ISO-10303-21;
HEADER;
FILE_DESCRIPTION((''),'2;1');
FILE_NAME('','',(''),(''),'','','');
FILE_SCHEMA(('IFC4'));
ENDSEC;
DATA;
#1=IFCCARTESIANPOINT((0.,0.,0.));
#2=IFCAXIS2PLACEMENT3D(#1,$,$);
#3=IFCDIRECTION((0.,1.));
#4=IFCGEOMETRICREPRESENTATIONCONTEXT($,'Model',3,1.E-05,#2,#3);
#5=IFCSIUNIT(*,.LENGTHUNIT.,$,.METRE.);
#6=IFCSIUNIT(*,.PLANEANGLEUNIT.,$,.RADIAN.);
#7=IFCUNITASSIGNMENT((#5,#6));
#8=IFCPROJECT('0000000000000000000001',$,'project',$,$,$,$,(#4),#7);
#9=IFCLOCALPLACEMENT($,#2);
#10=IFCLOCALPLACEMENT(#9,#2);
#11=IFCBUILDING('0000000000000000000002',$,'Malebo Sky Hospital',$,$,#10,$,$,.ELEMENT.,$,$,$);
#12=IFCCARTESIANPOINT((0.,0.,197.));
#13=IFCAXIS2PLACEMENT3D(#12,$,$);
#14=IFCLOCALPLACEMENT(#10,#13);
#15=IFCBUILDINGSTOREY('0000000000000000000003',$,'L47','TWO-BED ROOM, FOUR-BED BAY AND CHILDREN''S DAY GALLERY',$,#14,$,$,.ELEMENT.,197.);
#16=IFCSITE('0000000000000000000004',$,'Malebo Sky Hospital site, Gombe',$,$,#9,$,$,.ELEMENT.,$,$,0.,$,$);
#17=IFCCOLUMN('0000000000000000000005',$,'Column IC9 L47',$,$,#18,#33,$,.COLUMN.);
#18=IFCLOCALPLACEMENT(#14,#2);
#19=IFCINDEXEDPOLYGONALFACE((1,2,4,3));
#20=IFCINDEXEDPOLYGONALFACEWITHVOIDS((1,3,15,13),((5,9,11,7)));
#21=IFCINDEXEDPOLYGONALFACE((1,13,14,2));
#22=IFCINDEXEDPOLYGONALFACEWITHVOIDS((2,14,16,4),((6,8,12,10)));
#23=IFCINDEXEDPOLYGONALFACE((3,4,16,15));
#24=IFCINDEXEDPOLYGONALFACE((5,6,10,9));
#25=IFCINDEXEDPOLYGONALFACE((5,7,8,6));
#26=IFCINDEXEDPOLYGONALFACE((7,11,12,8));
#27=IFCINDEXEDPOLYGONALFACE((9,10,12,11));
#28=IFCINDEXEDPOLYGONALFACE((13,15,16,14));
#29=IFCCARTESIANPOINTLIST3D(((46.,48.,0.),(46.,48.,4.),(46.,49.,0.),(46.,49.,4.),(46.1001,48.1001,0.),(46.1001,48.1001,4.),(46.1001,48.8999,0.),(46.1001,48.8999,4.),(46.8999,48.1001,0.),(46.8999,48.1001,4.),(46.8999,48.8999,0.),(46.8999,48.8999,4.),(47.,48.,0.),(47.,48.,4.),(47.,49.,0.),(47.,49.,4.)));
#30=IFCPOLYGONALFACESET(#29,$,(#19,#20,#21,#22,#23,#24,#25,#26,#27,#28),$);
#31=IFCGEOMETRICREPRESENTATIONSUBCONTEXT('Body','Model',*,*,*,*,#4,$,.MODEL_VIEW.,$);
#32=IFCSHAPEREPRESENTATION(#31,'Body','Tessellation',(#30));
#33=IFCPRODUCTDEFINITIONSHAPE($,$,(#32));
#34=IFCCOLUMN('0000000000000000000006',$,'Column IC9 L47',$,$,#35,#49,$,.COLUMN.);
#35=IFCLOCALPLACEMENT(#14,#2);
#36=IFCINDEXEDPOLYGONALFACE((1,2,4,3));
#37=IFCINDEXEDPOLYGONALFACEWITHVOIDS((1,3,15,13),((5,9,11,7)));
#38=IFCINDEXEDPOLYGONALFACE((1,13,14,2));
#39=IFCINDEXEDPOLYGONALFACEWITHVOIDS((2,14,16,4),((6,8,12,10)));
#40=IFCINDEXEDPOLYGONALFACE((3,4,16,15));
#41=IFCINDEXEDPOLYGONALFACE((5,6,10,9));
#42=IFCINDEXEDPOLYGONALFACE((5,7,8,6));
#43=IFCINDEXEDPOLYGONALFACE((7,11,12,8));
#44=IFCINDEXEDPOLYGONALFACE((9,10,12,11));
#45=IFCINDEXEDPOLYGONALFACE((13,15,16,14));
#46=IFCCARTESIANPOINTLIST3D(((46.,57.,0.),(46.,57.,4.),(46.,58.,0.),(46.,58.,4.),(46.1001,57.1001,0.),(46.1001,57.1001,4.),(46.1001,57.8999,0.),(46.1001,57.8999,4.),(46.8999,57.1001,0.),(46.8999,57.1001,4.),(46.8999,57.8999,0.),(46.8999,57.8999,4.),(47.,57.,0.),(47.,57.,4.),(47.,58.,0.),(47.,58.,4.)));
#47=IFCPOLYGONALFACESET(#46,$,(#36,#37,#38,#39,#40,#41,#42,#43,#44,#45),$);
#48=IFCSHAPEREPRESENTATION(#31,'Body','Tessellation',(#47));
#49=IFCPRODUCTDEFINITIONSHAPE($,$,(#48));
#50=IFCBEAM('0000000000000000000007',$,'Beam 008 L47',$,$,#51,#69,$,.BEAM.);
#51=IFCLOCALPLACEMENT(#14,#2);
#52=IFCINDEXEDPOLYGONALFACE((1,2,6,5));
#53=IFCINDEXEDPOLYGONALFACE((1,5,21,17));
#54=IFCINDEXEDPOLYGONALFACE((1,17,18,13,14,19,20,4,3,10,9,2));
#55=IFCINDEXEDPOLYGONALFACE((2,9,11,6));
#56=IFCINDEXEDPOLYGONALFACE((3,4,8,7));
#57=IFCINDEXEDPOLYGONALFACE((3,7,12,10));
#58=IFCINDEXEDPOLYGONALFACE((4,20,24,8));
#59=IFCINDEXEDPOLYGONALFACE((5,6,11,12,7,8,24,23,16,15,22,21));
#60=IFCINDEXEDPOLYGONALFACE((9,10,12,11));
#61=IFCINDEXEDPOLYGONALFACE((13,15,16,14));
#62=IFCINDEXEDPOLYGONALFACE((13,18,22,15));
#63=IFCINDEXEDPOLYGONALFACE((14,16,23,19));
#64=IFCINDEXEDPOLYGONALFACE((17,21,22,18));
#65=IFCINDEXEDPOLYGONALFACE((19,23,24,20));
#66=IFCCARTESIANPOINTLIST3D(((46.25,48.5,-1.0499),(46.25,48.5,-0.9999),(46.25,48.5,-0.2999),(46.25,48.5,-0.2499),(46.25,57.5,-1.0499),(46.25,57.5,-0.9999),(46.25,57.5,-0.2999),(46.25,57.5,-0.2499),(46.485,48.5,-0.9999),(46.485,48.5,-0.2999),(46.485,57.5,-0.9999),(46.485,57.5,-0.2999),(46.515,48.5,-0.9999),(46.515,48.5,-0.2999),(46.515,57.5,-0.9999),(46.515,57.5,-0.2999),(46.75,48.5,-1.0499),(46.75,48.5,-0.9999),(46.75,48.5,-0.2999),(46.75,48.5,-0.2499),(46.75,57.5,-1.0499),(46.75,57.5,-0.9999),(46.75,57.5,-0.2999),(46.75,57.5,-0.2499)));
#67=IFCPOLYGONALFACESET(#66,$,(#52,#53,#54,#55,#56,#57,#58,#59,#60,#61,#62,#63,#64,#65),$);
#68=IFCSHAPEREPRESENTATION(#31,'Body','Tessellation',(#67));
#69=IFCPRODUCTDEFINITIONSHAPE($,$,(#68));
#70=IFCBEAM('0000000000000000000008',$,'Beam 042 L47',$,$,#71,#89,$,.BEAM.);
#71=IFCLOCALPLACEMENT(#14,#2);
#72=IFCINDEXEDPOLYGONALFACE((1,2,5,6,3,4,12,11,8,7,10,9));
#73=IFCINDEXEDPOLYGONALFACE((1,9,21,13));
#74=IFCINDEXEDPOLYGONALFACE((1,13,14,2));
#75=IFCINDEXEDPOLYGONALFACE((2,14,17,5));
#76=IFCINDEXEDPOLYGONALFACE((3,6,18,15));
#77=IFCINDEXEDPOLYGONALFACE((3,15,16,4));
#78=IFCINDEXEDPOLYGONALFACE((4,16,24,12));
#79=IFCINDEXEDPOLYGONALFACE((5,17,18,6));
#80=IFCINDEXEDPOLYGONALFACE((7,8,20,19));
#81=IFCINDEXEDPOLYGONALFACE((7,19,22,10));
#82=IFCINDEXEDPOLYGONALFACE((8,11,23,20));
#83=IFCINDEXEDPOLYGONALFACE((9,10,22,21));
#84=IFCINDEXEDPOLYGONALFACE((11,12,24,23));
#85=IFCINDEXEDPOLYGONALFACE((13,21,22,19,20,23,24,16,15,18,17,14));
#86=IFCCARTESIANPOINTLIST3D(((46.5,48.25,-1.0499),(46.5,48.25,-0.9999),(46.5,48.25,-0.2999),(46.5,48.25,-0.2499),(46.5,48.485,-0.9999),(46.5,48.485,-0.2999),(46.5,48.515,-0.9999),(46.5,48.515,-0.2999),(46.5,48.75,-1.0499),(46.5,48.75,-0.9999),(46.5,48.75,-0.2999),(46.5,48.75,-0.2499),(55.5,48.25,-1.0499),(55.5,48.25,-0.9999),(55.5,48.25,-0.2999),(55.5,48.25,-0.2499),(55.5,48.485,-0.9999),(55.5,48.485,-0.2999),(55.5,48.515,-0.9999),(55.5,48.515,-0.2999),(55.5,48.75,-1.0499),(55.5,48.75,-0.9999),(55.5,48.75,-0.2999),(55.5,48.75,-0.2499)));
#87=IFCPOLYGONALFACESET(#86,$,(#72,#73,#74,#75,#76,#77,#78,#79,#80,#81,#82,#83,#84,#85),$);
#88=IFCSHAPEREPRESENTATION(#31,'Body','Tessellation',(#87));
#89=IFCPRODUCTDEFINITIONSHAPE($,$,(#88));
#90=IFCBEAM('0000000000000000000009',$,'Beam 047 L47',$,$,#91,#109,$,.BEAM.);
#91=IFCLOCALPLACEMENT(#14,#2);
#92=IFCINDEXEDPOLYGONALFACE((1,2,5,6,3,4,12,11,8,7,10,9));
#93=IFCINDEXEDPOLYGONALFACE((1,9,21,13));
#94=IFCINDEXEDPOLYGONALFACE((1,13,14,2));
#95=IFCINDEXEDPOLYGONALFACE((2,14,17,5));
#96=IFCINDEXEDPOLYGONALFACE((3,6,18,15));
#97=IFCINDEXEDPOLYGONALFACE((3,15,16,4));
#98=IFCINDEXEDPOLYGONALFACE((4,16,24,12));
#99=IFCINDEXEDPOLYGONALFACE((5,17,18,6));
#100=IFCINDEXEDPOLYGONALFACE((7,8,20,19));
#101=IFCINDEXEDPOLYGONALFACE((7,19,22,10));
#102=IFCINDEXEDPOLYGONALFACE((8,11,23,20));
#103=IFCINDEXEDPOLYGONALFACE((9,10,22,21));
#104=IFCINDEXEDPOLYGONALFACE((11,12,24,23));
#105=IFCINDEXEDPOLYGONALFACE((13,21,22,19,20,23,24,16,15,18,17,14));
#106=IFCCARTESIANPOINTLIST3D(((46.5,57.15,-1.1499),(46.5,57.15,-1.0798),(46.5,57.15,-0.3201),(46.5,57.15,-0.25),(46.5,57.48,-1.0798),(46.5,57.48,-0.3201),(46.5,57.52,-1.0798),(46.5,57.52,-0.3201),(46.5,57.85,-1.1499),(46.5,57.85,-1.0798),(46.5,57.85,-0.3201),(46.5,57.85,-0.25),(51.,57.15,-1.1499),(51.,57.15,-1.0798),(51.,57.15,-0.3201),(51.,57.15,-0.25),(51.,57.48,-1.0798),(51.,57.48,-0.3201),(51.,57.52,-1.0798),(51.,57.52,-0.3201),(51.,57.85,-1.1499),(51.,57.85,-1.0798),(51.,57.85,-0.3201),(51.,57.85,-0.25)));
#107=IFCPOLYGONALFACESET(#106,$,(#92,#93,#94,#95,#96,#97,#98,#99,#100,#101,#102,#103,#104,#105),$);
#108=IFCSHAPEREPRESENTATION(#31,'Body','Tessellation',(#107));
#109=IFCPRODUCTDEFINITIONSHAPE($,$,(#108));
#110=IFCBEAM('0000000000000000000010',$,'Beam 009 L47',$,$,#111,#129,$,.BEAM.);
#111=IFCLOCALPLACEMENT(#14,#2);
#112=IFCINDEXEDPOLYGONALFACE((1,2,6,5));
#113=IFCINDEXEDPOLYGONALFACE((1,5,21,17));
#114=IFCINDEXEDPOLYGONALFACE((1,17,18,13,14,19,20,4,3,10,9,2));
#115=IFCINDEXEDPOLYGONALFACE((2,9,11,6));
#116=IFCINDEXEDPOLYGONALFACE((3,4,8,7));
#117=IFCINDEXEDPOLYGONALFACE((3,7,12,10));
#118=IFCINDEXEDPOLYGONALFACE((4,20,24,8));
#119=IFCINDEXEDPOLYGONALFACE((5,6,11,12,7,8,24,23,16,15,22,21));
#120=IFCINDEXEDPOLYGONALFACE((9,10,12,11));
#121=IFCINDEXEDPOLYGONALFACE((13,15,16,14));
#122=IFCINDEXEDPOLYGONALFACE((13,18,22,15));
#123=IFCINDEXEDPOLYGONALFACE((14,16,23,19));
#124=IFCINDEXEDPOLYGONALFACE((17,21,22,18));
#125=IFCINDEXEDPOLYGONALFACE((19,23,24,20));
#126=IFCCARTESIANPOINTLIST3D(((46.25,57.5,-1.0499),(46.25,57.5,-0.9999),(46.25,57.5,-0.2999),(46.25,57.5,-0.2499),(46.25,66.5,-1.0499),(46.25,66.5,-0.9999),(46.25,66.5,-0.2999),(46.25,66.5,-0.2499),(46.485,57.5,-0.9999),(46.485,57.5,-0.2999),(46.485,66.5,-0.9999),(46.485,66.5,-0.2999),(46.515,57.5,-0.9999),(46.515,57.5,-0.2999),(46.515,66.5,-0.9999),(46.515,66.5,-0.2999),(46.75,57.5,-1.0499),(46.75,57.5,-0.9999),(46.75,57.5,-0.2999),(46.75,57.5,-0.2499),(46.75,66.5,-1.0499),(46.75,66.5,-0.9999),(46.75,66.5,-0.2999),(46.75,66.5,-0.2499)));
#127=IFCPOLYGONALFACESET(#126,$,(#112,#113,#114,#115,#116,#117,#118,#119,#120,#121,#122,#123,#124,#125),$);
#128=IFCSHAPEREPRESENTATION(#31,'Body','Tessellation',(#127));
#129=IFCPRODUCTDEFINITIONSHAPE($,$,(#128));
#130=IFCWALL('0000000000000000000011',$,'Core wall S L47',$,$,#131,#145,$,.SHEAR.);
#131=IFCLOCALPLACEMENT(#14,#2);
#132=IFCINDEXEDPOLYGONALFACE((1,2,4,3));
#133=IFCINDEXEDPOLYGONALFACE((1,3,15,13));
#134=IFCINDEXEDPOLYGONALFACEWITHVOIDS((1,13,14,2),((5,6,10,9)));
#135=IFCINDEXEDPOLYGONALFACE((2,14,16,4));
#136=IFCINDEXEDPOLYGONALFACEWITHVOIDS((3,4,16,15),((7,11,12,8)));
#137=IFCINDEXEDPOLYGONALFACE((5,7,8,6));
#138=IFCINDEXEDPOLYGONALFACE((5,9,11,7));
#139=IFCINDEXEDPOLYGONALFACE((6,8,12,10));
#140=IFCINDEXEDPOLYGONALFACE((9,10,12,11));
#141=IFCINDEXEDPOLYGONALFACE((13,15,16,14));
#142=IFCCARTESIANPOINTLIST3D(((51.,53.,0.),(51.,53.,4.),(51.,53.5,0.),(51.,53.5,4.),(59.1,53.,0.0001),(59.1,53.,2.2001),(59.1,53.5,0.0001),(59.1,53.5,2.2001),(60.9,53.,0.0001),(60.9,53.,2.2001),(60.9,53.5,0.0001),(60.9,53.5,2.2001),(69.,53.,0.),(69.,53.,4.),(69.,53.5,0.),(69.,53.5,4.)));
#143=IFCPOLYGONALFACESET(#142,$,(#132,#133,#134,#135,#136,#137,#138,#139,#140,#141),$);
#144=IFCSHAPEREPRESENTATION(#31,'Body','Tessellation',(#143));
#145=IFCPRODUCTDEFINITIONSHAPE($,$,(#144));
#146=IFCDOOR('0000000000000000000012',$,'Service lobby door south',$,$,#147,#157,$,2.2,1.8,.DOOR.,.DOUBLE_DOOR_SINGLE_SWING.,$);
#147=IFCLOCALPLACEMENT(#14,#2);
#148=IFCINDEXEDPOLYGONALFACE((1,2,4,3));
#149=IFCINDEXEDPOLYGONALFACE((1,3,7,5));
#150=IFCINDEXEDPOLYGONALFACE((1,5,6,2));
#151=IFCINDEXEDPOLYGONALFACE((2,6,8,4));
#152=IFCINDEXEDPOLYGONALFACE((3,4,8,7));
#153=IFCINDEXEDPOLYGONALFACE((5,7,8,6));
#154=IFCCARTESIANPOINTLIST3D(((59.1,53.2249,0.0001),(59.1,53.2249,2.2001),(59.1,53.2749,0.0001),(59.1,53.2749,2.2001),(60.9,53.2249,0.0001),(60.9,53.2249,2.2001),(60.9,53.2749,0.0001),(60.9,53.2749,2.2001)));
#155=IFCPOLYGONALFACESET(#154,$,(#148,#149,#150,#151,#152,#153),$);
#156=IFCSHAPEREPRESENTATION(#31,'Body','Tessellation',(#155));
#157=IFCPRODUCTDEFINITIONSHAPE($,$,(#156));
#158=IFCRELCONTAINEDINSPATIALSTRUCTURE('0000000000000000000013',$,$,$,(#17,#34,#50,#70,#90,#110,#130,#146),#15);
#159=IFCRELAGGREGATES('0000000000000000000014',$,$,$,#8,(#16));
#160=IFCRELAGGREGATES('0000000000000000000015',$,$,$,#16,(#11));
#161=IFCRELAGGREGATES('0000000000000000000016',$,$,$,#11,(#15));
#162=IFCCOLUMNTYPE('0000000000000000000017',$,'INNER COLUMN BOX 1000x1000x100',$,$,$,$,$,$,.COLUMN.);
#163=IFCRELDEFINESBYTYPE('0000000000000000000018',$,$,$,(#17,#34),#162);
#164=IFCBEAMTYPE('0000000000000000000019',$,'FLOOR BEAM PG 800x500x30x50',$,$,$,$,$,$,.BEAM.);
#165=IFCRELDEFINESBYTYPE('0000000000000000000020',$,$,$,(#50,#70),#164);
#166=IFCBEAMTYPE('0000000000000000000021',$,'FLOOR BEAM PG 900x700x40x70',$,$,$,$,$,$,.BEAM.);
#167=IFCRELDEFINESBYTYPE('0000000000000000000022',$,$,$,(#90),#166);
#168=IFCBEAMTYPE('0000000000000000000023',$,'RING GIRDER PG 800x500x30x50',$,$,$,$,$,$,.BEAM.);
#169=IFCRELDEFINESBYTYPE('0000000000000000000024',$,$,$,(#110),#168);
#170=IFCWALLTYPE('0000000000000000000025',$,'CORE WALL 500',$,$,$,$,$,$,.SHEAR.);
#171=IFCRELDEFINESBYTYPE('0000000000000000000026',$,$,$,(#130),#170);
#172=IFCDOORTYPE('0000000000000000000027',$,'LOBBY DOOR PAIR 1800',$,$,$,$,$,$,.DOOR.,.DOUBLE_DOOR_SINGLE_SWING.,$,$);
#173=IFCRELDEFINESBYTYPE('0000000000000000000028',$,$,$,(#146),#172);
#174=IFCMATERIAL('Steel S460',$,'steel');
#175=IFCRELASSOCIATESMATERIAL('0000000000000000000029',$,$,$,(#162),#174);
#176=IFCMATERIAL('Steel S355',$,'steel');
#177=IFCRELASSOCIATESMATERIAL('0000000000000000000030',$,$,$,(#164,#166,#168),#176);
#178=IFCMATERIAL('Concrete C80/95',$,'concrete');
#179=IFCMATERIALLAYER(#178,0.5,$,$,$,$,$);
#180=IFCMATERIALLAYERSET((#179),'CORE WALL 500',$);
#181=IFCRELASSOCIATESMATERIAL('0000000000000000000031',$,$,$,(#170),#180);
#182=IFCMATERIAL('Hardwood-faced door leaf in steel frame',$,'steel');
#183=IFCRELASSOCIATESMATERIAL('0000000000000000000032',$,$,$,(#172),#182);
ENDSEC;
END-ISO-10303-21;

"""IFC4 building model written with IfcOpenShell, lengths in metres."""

from ifc_helpers import new_model, si_unit, direction, frame, frame_2d, origin, origin_2d, place, context, subcontext, project, spatial, rectangle, hollow_rectangle, i_section, extrude, material, layer, layer_set, material_profile, profile_set, type_object, element, fill, save


model = new_model("IFC4")

# Units and contexts
model_context = context("Model", 3, precision=1e-05, world=origin(), true_north=direction((0.0, 1.0)))
body_context = subcontext(model_context, "Body", "Model", "MODEL_VIEW")
ifc_project = project(units=[si_unit("LENGTHUNIT", "METRE"), si_unit("PLANEANGLEUNIT", "RADIAN")], contexts=[model_context])

# Site, building, storey
site_placement = place(None, origin())
site = spatial("IfcSite", under=ifc_project, at=site_placement, Name="Malebo Sky Hospital site, Gombe", CompositionType="ELEMENT", RefElevation=0.0)
building_placement = place(site_placement, origin())
building = spatial("IfcBuilding", under=site, at=building_placement, Name="Malebo Sky Hospital", CompositionType="ELEMENT")
storey_placement = place(building_placement, frame((0.0, 0.0, 197.0)))
storey = spatial("IfcBuildingStorey", under=building, at=storey_placement, Name="L47", Description="TWO-BED ROOM, FOUR-BED BAY AND CHILDREN'S DAY GALLERY", CompositionType="ELEMENT", Elevation=197.0)

# Columns
ifc_material_1 = material(Name="Steel S460", Category="steel")
ifc_material_profile_1 = material_profile(ifc_material_1, hollow_rectangle(XDim=1.0, YDim=1.0, WallThickness=0.1001, at=origin_2d()), Name="BOX 1000x1000x100")
ifc_profile_set_1 = profile_set([ifc_material_profile_1], Name="Steel S460")
column_type = type_object("IfcColumnType", Name="INNER COLUMN BOX 1000x1000x100", PredefinedType="COLUMN", material=ifc_profile_set_1)
for number, where, z_axis, x_axis, name in (
    (1, (46.5, 48.5, 0.0), (0.0, 0.0, 1.0), (1.0, 0.0, 0.0), "Column IC9 L47"),
    (2, (46.5, 57.5, 0.0), (0.0, 0.0, 1.0), (1.0, 0.0, 0.0), "Column IC9 L47"),
):
    element("IfcColumn", number, at=place(storey_placement, frame(where, z_axis=z_axis, x_axis=x_axis)), inside=storey, type_object=column_type, Name=name, PredefinedType="COLUMN", context=body_context, shape_type="SweptSolid", body=[
        extrude(hollow_rectangle(XDim=1.0, YDim=1.0, WallThickness=0.1001, at=origin_2d()), origin(), (0.0, 0.0, 1.0), 4.0),
    ])

# Beams
ifc_material_2 = material(Name="Steel S355", Category="steel")
ifc_material_profile_2 = material_profile(ifc_material_2, i_section(OverallWidth=0.5, OverallDepth=0.8, WebThickness=0.03, FlangeThickness=0.05, at=origin_2d()), Name="PG 800x500x30x50")
ifc_profile_set_2 = profile_set([ifc_material_profile_2], Name="Steel S355")
beam_type_1 = type_object("IfcBeamType", Name="FLOOR BEAM PG 800x500x30x50", PredefinedType="BEAM", material=ifc_profile_set_2)
for number, where, z_axis, x_axis, name in (
    (3, (46.5, 48.5, -0.6499), (0.0, 1.0, 0.0), (-1.0, 0.0, 0.0), "Beam 008 L47"),
    (4, (46.5, 48.5, -0.6499), (1.0, 0.0, 0.0), (0.0, 1.0, 0.0), "Beam 042 L47"),
):
    element("IfcBeam", number, at=place(storey_placement, frame(where, z_axis=z_axis, x_axis=x_axis)), inside=storey, type_object=beam_type_1, Name=name, PredefinedType="BEAM", context=body_context, shape_type="SweptSolid", body=[
        extrude(i_section(OverallWidth=0.5, OverallDepth=0.8, WebThickness=0.03, FlangeThickness=0.05, at=origin_2d()), origin(), (0.0, 0.0, 1.0), 9.0),
    ])
ifc_material_profile_3 = material_profile(ifc_material_2, i_section(OverallWidth=0.7, OverallDepth=0.8999, WebThickness=0.04, FlangeThickness=0.0701, at=origin_2d()), Name="PG 900x700x40x70")
ifc_profile_set_3 = profile_set([ifc_material_profile_3], Name="Steel S355")
beam_type_2 = type_object("IfcBeamType", Name="FLOOR BEAM PG 900x700x40x70", PredefinedType="BEAM", material=ifc_profile_set_3)
beam_1_placement = place(storey_placement, frame((46.5, 57.5, -0.7), z_axis=(1.0, 0.0, 0.0), x_axis=(0.0, 1.0, 0.0)))
element("IfcBeam", 5, at=beam_1_placement, inside=storey, type_object=beam_type_2, Name="Beam 047 L47", PredefinedType="BEAM", context=body_context, shape_type="SweptSolid", body=[
    extrude(i_section(OverallWidth=0.7, OverallDepth=0.8999, WebThickness=0.04, FlangeThickness=0.0701, at=origin_2d()), origin(), (0.0, 0.0, 1.0), 4.5),
])
ifc_material_profile_4 = material_profile(ifc_material_2, i_section(OverallWidth=0.5, OverallDepth=0.8, WebThickness=0.03, FlangeThickness=0.05, at=origin_2d()), Name="PG 800x500x30x50")
ifc_profile_set_4 = profile_set([ifc_material_profile_4], Name="Steel S355")
beam_type_3 = type_object("IfcBeamType", Name="RING GIRDER PG 800x500x30x50", PredefinedType="BEAM", material=ifc_profile_set_4)
beam_2_placement = place(storey_placement, frame((46.5, 57.5, -0.6499), z_axis=(0.0, 1.0, 0.0), x_axis=(-1.0, 0.0, 0.0)))
element("IfcBeam", 6, at=beam_2_placement, inside=storey, type_object=beam_type_3, Name="Beam 009 L47", PredefinedType="BEAM", context=body_context, shape_type="SweptSolid", body=[
    extrude(i_section(OverallWidth=0.5, OverallDepth=0.8, WebThickness=0.03, FlangeThickness=0.05, at=origin_2d()), origin(), (0.0, 0.0, 1.0), 9.0),
])

# Wall, opening, door
ifc_material_3 = material(Name="Concrete C80/95", Category="concrete")
ifc_layer_1 = layer(ifc_material_3, 0.5)
ifc_layer_set_1 = layer_set([ifc_layer_1], Name="CORE WALL 500")
wall_type_1 = type_object("IfcWallType", Name="CORE WALL 500", PredefinedType="SHEAR", material=ifc_layer_set_1)
wall_1_placement = place(storey_placement, frame((51.0, 53.25, 0.0), z_axis=(0.0, 0.0, 1.0), x_axis=(1.0, 0.0, 0.0)))
wall_1 = element("IfcWall", 7, at=wall_1_placement, inside=storey, type_object=wall_type_1, Name="Core wall S L47", PredefinedType="SHEAR", context=body_context, shape_type="SweptSolid", body=[
    extrude(rectangle(XDim=18.0, YDim=0.5, at=frame_2d((9.0, 0.0))), origin(), (0.0, 0.0, 1.0), 4.0),
])
opening_1_placement = place(wall_1_placement, frame((8.1001, 0.0, 0.0)))
opening_1 = element("IfcOpeningElement", 8, at=opening_1_placement, cuts=wall_1, PredefinedType="OPENING", context=body_context, shape_type="SweptSolid", body=[
    extrude(rectangle(XDim=1.8, YDim=2.2, at=frame_2d((0.8999, 1.1001))), frame((0.0, 0.26, 0.0), z_axis=(0.0, -1.0, 0.0), x_axis=(1.0, 0.0, 0.0)), (0.0, 0.0, 1.0), 0.52),
])
ifc_material_4 = material(Name="Hardwood-faced door leaf in steel frame", Category="steel")
door_type_1 = type_object("IfcDoorType", Name="LOBBY DOOR PAIR 1800", OperationType="DOUBLE_DOOR_SINGLE_SWING", PredefinedType="DOOR", material=ifc_material_4)
door_1_placement = place(opening_1_placement, origin())
door_1 = element("IfcDoor", 9, at=door_1_placement, inside=storey, type_object=door_type_1, Name="Service lobby door south", OperationType="DOUBLE_DOOR_SINGLE_SWING", OverallHeight=2.2, OverallWidth=1.8, PredefinedType="DOOR", context=body_context, shape_type="SweptSolid", body=[
    extrude(rectangle(XDim=1.8, YDim=2.2, at=frame_2d((0.8999, 1.1001))), frame((0.0, 0.0249, 0.0), z_axis=(0.0, -1.0, 0.0), x_axis=(1.0, 0.0, 0.0)), (0.0, 0.0, 1.0), 0.05),
])
fill(opening_1, door_1)

save(model, "model.ifc")
